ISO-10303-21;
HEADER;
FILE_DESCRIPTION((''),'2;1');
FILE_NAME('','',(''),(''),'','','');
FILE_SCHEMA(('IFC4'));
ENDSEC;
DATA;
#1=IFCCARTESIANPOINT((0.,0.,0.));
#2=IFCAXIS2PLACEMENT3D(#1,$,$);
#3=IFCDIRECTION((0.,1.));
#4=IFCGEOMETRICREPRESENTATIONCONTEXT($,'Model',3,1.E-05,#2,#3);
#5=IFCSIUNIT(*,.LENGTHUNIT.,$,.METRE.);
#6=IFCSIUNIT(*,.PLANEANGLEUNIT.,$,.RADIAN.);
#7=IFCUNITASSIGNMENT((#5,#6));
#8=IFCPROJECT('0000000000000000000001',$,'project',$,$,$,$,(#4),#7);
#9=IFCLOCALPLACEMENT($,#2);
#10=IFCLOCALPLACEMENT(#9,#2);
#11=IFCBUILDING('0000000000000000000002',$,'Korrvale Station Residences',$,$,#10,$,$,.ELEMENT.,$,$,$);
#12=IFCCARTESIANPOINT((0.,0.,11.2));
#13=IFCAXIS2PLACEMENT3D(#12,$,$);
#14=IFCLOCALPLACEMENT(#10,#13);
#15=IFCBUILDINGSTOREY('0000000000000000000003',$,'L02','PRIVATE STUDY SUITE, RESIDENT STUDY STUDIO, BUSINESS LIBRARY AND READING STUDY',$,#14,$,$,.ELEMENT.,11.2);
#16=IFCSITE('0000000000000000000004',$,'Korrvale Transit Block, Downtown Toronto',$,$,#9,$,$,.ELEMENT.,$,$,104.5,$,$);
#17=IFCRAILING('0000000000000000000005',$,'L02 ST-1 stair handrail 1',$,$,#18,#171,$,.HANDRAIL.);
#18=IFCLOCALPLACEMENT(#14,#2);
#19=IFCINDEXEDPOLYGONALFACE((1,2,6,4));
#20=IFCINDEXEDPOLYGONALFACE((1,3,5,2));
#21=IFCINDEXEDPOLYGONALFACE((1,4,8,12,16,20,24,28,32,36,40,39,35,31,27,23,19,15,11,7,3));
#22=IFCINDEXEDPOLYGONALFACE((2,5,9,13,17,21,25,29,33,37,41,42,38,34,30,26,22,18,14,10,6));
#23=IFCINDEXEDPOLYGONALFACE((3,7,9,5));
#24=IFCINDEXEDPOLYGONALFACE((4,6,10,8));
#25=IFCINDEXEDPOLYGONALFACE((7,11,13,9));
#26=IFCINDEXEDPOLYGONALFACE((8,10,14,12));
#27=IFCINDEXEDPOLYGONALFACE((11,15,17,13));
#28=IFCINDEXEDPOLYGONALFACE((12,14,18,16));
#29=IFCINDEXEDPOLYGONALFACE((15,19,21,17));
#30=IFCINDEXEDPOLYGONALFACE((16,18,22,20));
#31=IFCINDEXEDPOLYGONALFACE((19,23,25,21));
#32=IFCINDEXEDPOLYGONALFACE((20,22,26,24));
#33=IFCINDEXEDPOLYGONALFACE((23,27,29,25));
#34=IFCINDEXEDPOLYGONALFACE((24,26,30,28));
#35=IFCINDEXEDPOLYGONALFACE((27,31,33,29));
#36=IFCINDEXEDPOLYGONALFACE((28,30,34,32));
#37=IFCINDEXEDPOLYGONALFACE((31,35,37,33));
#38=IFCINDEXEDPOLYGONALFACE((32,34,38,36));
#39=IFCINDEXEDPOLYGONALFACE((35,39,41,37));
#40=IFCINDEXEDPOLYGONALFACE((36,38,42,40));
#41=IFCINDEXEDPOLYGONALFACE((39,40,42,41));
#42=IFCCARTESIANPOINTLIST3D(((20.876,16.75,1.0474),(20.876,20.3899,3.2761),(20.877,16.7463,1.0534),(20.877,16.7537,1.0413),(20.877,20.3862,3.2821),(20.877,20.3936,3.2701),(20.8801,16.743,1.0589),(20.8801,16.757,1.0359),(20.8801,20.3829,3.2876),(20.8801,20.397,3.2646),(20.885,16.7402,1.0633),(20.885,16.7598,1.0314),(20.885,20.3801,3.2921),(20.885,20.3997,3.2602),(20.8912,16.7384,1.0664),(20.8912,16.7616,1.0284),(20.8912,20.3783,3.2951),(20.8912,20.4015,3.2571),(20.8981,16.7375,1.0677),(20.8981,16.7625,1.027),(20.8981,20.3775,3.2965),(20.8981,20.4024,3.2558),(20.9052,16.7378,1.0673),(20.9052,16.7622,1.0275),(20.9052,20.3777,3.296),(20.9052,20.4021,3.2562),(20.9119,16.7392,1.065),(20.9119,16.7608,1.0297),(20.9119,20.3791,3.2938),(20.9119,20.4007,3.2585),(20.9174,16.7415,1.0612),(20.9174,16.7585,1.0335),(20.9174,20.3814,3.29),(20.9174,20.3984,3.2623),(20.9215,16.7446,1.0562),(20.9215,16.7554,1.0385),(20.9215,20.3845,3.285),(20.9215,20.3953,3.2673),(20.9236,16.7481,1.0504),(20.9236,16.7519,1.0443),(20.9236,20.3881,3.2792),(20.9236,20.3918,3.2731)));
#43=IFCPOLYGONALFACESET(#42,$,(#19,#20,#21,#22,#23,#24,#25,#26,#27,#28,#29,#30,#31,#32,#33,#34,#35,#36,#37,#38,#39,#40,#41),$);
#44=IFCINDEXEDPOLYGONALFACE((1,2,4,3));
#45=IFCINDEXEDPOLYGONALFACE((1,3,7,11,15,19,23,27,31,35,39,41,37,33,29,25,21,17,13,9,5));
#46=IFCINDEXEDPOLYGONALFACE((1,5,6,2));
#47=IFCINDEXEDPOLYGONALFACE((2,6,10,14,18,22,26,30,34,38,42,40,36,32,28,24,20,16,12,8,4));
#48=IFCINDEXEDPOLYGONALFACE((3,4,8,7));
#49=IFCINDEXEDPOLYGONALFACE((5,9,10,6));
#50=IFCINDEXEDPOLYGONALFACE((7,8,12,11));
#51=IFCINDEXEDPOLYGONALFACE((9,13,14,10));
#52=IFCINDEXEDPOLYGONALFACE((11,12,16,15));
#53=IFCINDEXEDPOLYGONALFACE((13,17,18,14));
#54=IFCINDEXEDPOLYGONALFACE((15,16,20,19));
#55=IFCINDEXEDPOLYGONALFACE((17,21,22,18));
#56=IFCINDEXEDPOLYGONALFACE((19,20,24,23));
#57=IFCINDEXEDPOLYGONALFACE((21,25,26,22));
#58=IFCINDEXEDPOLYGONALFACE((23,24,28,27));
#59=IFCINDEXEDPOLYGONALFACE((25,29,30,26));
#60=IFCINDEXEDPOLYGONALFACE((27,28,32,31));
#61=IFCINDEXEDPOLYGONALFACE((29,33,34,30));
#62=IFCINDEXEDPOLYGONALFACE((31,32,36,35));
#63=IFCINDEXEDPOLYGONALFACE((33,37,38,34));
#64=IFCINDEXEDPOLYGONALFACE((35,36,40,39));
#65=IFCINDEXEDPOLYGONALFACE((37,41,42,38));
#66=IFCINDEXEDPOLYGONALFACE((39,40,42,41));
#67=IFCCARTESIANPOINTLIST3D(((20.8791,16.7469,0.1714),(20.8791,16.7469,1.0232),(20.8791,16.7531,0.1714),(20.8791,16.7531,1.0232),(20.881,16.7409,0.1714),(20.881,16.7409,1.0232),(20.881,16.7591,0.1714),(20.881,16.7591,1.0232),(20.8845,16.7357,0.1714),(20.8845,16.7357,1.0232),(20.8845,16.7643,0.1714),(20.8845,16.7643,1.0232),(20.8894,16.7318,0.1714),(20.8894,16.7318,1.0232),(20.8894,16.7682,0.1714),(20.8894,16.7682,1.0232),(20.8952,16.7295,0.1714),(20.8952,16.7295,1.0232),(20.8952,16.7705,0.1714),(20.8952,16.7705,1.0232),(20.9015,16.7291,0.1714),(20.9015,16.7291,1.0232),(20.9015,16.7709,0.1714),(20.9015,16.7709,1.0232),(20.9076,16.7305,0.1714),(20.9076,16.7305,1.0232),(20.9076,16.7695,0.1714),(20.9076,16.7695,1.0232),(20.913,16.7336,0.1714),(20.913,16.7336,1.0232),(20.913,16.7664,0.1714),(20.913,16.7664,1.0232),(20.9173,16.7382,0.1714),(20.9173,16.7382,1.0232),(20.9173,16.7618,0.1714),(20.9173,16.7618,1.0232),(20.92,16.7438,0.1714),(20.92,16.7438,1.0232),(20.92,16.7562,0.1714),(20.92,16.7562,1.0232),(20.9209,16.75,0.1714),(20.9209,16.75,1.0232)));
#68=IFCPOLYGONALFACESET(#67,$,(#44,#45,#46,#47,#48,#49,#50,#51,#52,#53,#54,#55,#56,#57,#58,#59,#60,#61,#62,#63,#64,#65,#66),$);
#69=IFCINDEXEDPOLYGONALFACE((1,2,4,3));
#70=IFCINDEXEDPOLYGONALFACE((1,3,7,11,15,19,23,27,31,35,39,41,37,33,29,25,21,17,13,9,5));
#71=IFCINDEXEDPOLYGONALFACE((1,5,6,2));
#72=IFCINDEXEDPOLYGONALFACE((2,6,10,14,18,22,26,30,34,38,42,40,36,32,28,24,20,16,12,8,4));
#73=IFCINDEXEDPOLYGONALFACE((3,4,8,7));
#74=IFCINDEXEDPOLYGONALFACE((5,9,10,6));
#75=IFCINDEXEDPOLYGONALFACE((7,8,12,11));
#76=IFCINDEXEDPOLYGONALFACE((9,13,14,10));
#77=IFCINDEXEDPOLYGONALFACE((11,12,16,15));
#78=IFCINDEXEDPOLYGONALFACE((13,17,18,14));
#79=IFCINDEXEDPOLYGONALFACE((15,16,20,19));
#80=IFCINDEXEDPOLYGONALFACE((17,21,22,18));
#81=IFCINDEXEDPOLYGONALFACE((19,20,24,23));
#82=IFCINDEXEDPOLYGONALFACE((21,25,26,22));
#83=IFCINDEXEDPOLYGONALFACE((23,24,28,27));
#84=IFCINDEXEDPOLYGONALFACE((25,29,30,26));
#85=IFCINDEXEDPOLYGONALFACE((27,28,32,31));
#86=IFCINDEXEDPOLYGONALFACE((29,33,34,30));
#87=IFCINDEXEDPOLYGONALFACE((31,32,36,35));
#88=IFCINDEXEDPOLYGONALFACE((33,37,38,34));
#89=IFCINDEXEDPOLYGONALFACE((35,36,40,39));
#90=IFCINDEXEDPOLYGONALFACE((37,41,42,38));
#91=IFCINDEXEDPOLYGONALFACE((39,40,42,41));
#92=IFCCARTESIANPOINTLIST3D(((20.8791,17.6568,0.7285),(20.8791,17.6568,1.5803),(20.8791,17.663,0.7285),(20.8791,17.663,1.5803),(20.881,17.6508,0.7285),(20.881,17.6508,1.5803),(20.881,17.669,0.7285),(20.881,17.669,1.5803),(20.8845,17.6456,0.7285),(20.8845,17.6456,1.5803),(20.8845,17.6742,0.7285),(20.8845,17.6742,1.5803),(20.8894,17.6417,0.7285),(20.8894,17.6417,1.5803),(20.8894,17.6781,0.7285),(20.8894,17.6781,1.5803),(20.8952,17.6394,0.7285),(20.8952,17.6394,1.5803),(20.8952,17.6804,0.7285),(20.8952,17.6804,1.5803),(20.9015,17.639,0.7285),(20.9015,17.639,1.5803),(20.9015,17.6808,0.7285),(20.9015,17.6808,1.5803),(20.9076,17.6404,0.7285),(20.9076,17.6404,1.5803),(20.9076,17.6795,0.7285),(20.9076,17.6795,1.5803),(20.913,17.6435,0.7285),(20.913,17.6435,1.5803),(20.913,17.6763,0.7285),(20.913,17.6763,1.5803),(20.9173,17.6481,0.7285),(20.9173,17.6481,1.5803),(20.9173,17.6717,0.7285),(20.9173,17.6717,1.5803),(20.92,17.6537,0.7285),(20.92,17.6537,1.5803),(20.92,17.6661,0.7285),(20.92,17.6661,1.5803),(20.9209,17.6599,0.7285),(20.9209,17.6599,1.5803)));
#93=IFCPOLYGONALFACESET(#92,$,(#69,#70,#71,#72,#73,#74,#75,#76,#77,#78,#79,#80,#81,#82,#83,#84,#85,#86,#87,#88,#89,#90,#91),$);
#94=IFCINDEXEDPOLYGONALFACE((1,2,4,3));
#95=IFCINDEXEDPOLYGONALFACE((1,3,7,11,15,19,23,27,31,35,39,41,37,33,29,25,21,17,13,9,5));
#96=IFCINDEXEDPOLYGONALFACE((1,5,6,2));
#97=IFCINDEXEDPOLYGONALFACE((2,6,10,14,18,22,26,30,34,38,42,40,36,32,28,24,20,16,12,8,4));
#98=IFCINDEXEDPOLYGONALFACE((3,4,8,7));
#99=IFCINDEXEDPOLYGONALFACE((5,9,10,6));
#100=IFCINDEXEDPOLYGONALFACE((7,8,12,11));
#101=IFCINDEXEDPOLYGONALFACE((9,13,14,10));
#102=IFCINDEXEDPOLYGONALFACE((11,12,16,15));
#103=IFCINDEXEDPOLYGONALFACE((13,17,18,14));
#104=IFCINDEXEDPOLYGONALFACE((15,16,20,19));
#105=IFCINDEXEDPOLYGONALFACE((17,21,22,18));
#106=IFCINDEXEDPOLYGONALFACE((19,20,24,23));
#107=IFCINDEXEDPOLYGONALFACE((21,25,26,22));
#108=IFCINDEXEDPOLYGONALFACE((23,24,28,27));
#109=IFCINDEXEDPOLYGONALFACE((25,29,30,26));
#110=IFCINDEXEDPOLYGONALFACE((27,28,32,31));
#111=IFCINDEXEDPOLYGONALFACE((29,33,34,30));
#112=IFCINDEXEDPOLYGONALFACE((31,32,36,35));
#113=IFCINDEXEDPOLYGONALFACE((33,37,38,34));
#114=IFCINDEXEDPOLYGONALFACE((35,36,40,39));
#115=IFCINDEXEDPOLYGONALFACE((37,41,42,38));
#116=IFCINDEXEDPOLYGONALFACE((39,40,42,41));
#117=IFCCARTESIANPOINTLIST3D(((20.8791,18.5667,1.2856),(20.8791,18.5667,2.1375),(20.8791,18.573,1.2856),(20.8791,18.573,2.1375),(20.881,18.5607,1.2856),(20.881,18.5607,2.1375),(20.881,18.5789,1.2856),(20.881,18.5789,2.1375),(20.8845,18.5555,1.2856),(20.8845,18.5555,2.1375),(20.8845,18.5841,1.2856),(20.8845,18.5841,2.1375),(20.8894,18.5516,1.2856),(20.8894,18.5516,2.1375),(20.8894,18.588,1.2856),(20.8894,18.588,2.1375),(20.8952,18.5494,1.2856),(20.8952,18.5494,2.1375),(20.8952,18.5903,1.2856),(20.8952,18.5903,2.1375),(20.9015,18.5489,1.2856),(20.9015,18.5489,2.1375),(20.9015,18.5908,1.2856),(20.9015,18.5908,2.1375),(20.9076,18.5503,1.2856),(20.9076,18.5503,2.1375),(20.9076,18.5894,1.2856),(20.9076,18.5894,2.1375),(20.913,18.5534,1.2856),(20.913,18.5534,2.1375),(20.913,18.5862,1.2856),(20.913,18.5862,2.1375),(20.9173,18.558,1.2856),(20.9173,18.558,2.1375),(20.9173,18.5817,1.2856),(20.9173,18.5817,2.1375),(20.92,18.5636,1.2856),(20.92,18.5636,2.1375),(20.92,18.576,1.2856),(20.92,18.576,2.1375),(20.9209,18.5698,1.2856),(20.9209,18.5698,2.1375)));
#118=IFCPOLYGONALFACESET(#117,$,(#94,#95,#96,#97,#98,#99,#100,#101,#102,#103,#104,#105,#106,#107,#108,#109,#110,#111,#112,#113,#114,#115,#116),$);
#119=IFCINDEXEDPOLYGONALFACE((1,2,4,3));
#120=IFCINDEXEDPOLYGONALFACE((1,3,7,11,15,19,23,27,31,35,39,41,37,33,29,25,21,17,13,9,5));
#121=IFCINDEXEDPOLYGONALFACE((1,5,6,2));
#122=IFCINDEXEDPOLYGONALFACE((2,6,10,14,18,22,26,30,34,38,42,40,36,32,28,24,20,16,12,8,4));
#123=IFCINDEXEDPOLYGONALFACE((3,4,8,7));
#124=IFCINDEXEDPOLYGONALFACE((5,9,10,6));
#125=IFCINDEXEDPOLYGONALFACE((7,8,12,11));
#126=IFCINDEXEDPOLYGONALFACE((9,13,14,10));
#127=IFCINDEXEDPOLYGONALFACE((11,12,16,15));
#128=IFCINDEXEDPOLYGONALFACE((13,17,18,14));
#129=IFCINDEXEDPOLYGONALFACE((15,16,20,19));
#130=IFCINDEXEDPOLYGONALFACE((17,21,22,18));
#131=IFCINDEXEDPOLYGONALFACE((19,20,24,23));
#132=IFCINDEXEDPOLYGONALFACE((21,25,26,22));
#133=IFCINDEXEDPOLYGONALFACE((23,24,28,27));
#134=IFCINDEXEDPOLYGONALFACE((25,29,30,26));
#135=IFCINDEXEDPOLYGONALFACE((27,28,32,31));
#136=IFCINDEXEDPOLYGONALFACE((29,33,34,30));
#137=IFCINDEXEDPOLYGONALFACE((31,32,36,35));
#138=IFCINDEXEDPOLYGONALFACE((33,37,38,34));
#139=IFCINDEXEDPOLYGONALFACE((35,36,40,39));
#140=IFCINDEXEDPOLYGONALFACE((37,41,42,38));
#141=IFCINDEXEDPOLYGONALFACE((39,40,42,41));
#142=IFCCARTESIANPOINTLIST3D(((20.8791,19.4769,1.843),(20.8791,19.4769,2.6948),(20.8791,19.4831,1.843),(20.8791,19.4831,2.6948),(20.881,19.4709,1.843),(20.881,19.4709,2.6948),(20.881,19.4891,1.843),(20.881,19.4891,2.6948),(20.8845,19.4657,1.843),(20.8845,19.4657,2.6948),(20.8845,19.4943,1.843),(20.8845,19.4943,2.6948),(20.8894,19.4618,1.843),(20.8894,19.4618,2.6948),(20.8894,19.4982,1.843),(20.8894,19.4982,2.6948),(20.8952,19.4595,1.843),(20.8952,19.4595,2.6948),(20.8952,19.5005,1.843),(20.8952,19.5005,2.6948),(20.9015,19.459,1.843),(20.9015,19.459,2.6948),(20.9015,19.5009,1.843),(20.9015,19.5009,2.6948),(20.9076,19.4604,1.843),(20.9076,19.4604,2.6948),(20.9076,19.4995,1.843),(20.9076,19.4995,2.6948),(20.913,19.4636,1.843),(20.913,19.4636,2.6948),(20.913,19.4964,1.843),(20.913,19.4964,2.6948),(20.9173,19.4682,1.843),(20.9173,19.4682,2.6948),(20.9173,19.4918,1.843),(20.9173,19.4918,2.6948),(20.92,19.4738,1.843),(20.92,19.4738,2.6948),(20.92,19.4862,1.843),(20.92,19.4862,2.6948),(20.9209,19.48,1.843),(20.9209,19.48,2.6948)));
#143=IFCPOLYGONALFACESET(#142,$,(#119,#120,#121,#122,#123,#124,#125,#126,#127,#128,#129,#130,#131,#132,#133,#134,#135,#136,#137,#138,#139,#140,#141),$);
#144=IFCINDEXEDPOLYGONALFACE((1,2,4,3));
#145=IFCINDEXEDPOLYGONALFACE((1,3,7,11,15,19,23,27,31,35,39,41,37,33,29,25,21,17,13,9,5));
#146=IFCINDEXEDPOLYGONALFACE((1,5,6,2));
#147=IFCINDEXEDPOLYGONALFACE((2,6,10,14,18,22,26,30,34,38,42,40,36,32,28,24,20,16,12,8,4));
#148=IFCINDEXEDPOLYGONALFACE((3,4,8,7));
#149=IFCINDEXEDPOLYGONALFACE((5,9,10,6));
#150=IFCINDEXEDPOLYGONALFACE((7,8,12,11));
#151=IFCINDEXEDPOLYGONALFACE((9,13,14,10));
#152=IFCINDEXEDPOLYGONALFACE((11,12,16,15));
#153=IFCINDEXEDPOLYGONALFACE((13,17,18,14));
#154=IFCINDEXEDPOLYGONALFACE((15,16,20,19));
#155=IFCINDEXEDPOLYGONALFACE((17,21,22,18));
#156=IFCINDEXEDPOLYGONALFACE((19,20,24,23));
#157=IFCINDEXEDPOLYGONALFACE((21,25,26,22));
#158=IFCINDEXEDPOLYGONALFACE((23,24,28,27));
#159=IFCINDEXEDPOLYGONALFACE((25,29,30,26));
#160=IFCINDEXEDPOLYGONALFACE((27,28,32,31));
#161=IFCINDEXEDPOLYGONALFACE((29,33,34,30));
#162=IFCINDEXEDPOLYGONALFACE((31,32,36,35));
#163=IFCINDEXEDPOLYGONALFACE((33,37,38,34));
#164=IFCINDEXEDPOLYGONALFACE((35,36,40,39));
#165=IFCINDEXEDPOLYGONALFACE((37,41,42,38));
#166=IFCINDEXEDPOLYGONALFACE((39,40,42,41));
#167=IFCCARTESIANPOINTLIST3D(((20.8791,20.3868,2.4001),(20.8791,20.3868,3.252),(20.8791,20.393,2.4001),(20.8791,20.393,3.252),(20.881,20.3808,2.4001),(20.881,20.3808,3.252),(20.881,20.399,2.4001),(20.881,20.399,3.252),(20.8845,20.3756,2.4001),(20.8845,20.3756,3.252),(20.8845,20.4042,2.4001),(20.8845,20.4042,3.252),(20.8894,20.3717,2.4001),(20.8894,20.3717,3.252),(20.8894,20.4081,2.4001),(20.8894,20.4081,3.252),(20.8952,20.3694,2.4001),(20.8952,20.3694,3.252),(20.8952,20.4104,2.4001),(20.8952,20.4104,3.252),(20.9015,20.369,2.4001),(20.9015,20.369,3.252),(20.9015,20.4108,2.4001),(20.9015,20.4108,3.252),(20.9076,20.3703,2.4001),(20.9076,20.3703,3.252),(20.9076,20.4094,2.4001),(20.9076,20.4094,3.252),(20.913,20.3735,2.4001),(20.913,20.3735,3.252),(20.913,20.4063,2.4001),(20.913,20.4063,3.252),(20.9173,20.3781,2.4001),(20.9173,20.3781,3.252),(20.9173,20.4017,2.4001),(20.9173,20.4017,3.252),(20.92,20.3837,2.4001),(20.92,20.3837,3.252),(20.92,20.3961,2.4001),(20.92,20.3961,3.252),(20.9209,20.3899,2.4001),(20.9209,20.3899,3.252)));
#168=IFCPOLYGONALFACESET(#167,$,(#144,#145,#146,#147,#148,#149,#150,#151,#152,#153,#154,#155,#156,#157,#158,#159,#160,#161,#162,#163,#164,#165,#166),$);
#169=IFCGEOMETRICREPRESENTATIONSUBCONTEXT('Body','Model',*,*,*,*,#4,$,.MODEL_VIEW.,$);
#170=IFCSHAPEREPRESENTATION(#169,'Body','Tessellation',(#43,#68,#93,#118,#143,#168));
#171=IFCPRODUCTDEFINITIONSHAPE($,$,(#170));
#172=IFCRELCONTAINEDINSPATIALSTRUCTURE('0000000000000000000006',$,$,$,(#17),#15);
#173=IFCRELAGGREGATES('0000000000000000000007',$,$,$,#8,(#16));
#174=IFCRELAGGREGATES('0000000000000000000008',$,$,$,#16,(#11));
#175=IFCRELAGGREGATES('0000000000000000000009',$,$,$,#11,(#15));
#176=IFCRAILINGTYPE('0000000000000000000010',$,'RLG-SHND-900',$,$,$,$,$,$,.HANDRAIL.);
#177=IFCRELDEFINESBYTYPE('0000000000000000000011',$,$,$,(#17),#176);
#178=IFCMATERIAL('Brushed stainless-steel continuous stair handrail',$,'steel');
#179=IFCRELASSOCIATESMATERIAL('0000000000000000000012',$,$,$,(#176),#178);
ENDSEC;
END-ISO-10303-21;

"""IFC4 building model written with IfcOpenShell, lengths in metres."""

from ifc_helpers import new_model, si_unit, direction, frame, origin, origin_2d, place, context, subcontext, project, spatial, circle, extrude, material, type_object, element, save


model = new_model("IFC4")

# Units and contexts
model_context = context("Model", 3, precision=1e-05, world=origin(), true_north=direction((0.0, 1.0)))
body_context = subcontext(model_context, "Body", "Model", "MODEL_VIEW")
ifc_project = project(units=[si_unit("LENGTHUNIT", "METRE"), si_unit("PLANEANGLEUNIT", "RADIAN")], contexts=[model_context])

# Site, building, storey
site_placement = place(None, origin())
site = spatial("IfcSite", under=ifc_project, at=site_placement, Name="Korrvale Transit Block, Downtown Toronto", CompositionType="ELEMENT", RefElevation=104.5)
building_placement = place(site_placement, origin())
building = spatial("IfcBuilding", under=site, at=building_placement, Name="Korrvale Station Residences", CompositionType="ELEMENT")
storey_placement = place(building_placement, frame((0.0, 0.0, 11.2)))
storey = spatial("IfcBuildingStorey", under=building, at=storey_placement, Name="L02", Description="PRIVATE STUDY SUITE, RESIDENT STUDY STUDIO, BUSINESS LIBRARY AND READING STUDY", CompositionType="ELEMENT", Elevation=11.2)

# Railing
ifc_material_1 = material(Name="Brushed stainless-steel continuous stair handrail", Category="steel")
railing_type_1 = type_object("IfcRailingType", Name="RLG-SHND-900", PredefinedType="HANDRAIL", material=ifc_material_1)
railing_1_placement = place(storey_placement, frame((20.8999, 16.75, 0.1714)))
element("IfcRailing", 1, at=railing_1_placement, inside=storey, type_object=railing_type_1, Name="L02 ST-1 stair handrail 1", PredefinedType="HANDRAIL", context=body_context, shape_type="SweptSolid", body=[
    extrude(circle(Radius=0.0239, at=origin_2d()), frame((0.0, 0.0, 0.876), z_axis=(0.0, 0.852825, 0.522197), x_axis=(-1.0, 0.0, 0.0)), (0.0, 0.0, 1.0), 4.2681),
    extrude(circle(Radius=0.021, at=origin_2d()), origin(), (0.0, 0.0, 1.0), 0.8518),
    extrude(circle(Radius=0.021, at=origin_2d()), frame((0.0, 0.9099, 0.5571)), (0.0, 0.0, 1.0), 0.8518),
    extrude(circle(Radius=0.021, at=origin_2d()), frame((0.0, 1.8198, 1.1143)), (0.0, 0.0, 1.0), 0.8518),
    extrude(circle(Radius=0.021, at=origin_2d()), frame((0.0, 2.73, 1.6716)), (0.0, 0.0, 1.0), 0.8518),
    extrude(circle(Radius=0.021, at=origin_2d()), frame((0.0, 3.6399, 2.2288)), (0.0, 0.0, 1.0), 0.8518),
])

save(model, "model.ifc")
